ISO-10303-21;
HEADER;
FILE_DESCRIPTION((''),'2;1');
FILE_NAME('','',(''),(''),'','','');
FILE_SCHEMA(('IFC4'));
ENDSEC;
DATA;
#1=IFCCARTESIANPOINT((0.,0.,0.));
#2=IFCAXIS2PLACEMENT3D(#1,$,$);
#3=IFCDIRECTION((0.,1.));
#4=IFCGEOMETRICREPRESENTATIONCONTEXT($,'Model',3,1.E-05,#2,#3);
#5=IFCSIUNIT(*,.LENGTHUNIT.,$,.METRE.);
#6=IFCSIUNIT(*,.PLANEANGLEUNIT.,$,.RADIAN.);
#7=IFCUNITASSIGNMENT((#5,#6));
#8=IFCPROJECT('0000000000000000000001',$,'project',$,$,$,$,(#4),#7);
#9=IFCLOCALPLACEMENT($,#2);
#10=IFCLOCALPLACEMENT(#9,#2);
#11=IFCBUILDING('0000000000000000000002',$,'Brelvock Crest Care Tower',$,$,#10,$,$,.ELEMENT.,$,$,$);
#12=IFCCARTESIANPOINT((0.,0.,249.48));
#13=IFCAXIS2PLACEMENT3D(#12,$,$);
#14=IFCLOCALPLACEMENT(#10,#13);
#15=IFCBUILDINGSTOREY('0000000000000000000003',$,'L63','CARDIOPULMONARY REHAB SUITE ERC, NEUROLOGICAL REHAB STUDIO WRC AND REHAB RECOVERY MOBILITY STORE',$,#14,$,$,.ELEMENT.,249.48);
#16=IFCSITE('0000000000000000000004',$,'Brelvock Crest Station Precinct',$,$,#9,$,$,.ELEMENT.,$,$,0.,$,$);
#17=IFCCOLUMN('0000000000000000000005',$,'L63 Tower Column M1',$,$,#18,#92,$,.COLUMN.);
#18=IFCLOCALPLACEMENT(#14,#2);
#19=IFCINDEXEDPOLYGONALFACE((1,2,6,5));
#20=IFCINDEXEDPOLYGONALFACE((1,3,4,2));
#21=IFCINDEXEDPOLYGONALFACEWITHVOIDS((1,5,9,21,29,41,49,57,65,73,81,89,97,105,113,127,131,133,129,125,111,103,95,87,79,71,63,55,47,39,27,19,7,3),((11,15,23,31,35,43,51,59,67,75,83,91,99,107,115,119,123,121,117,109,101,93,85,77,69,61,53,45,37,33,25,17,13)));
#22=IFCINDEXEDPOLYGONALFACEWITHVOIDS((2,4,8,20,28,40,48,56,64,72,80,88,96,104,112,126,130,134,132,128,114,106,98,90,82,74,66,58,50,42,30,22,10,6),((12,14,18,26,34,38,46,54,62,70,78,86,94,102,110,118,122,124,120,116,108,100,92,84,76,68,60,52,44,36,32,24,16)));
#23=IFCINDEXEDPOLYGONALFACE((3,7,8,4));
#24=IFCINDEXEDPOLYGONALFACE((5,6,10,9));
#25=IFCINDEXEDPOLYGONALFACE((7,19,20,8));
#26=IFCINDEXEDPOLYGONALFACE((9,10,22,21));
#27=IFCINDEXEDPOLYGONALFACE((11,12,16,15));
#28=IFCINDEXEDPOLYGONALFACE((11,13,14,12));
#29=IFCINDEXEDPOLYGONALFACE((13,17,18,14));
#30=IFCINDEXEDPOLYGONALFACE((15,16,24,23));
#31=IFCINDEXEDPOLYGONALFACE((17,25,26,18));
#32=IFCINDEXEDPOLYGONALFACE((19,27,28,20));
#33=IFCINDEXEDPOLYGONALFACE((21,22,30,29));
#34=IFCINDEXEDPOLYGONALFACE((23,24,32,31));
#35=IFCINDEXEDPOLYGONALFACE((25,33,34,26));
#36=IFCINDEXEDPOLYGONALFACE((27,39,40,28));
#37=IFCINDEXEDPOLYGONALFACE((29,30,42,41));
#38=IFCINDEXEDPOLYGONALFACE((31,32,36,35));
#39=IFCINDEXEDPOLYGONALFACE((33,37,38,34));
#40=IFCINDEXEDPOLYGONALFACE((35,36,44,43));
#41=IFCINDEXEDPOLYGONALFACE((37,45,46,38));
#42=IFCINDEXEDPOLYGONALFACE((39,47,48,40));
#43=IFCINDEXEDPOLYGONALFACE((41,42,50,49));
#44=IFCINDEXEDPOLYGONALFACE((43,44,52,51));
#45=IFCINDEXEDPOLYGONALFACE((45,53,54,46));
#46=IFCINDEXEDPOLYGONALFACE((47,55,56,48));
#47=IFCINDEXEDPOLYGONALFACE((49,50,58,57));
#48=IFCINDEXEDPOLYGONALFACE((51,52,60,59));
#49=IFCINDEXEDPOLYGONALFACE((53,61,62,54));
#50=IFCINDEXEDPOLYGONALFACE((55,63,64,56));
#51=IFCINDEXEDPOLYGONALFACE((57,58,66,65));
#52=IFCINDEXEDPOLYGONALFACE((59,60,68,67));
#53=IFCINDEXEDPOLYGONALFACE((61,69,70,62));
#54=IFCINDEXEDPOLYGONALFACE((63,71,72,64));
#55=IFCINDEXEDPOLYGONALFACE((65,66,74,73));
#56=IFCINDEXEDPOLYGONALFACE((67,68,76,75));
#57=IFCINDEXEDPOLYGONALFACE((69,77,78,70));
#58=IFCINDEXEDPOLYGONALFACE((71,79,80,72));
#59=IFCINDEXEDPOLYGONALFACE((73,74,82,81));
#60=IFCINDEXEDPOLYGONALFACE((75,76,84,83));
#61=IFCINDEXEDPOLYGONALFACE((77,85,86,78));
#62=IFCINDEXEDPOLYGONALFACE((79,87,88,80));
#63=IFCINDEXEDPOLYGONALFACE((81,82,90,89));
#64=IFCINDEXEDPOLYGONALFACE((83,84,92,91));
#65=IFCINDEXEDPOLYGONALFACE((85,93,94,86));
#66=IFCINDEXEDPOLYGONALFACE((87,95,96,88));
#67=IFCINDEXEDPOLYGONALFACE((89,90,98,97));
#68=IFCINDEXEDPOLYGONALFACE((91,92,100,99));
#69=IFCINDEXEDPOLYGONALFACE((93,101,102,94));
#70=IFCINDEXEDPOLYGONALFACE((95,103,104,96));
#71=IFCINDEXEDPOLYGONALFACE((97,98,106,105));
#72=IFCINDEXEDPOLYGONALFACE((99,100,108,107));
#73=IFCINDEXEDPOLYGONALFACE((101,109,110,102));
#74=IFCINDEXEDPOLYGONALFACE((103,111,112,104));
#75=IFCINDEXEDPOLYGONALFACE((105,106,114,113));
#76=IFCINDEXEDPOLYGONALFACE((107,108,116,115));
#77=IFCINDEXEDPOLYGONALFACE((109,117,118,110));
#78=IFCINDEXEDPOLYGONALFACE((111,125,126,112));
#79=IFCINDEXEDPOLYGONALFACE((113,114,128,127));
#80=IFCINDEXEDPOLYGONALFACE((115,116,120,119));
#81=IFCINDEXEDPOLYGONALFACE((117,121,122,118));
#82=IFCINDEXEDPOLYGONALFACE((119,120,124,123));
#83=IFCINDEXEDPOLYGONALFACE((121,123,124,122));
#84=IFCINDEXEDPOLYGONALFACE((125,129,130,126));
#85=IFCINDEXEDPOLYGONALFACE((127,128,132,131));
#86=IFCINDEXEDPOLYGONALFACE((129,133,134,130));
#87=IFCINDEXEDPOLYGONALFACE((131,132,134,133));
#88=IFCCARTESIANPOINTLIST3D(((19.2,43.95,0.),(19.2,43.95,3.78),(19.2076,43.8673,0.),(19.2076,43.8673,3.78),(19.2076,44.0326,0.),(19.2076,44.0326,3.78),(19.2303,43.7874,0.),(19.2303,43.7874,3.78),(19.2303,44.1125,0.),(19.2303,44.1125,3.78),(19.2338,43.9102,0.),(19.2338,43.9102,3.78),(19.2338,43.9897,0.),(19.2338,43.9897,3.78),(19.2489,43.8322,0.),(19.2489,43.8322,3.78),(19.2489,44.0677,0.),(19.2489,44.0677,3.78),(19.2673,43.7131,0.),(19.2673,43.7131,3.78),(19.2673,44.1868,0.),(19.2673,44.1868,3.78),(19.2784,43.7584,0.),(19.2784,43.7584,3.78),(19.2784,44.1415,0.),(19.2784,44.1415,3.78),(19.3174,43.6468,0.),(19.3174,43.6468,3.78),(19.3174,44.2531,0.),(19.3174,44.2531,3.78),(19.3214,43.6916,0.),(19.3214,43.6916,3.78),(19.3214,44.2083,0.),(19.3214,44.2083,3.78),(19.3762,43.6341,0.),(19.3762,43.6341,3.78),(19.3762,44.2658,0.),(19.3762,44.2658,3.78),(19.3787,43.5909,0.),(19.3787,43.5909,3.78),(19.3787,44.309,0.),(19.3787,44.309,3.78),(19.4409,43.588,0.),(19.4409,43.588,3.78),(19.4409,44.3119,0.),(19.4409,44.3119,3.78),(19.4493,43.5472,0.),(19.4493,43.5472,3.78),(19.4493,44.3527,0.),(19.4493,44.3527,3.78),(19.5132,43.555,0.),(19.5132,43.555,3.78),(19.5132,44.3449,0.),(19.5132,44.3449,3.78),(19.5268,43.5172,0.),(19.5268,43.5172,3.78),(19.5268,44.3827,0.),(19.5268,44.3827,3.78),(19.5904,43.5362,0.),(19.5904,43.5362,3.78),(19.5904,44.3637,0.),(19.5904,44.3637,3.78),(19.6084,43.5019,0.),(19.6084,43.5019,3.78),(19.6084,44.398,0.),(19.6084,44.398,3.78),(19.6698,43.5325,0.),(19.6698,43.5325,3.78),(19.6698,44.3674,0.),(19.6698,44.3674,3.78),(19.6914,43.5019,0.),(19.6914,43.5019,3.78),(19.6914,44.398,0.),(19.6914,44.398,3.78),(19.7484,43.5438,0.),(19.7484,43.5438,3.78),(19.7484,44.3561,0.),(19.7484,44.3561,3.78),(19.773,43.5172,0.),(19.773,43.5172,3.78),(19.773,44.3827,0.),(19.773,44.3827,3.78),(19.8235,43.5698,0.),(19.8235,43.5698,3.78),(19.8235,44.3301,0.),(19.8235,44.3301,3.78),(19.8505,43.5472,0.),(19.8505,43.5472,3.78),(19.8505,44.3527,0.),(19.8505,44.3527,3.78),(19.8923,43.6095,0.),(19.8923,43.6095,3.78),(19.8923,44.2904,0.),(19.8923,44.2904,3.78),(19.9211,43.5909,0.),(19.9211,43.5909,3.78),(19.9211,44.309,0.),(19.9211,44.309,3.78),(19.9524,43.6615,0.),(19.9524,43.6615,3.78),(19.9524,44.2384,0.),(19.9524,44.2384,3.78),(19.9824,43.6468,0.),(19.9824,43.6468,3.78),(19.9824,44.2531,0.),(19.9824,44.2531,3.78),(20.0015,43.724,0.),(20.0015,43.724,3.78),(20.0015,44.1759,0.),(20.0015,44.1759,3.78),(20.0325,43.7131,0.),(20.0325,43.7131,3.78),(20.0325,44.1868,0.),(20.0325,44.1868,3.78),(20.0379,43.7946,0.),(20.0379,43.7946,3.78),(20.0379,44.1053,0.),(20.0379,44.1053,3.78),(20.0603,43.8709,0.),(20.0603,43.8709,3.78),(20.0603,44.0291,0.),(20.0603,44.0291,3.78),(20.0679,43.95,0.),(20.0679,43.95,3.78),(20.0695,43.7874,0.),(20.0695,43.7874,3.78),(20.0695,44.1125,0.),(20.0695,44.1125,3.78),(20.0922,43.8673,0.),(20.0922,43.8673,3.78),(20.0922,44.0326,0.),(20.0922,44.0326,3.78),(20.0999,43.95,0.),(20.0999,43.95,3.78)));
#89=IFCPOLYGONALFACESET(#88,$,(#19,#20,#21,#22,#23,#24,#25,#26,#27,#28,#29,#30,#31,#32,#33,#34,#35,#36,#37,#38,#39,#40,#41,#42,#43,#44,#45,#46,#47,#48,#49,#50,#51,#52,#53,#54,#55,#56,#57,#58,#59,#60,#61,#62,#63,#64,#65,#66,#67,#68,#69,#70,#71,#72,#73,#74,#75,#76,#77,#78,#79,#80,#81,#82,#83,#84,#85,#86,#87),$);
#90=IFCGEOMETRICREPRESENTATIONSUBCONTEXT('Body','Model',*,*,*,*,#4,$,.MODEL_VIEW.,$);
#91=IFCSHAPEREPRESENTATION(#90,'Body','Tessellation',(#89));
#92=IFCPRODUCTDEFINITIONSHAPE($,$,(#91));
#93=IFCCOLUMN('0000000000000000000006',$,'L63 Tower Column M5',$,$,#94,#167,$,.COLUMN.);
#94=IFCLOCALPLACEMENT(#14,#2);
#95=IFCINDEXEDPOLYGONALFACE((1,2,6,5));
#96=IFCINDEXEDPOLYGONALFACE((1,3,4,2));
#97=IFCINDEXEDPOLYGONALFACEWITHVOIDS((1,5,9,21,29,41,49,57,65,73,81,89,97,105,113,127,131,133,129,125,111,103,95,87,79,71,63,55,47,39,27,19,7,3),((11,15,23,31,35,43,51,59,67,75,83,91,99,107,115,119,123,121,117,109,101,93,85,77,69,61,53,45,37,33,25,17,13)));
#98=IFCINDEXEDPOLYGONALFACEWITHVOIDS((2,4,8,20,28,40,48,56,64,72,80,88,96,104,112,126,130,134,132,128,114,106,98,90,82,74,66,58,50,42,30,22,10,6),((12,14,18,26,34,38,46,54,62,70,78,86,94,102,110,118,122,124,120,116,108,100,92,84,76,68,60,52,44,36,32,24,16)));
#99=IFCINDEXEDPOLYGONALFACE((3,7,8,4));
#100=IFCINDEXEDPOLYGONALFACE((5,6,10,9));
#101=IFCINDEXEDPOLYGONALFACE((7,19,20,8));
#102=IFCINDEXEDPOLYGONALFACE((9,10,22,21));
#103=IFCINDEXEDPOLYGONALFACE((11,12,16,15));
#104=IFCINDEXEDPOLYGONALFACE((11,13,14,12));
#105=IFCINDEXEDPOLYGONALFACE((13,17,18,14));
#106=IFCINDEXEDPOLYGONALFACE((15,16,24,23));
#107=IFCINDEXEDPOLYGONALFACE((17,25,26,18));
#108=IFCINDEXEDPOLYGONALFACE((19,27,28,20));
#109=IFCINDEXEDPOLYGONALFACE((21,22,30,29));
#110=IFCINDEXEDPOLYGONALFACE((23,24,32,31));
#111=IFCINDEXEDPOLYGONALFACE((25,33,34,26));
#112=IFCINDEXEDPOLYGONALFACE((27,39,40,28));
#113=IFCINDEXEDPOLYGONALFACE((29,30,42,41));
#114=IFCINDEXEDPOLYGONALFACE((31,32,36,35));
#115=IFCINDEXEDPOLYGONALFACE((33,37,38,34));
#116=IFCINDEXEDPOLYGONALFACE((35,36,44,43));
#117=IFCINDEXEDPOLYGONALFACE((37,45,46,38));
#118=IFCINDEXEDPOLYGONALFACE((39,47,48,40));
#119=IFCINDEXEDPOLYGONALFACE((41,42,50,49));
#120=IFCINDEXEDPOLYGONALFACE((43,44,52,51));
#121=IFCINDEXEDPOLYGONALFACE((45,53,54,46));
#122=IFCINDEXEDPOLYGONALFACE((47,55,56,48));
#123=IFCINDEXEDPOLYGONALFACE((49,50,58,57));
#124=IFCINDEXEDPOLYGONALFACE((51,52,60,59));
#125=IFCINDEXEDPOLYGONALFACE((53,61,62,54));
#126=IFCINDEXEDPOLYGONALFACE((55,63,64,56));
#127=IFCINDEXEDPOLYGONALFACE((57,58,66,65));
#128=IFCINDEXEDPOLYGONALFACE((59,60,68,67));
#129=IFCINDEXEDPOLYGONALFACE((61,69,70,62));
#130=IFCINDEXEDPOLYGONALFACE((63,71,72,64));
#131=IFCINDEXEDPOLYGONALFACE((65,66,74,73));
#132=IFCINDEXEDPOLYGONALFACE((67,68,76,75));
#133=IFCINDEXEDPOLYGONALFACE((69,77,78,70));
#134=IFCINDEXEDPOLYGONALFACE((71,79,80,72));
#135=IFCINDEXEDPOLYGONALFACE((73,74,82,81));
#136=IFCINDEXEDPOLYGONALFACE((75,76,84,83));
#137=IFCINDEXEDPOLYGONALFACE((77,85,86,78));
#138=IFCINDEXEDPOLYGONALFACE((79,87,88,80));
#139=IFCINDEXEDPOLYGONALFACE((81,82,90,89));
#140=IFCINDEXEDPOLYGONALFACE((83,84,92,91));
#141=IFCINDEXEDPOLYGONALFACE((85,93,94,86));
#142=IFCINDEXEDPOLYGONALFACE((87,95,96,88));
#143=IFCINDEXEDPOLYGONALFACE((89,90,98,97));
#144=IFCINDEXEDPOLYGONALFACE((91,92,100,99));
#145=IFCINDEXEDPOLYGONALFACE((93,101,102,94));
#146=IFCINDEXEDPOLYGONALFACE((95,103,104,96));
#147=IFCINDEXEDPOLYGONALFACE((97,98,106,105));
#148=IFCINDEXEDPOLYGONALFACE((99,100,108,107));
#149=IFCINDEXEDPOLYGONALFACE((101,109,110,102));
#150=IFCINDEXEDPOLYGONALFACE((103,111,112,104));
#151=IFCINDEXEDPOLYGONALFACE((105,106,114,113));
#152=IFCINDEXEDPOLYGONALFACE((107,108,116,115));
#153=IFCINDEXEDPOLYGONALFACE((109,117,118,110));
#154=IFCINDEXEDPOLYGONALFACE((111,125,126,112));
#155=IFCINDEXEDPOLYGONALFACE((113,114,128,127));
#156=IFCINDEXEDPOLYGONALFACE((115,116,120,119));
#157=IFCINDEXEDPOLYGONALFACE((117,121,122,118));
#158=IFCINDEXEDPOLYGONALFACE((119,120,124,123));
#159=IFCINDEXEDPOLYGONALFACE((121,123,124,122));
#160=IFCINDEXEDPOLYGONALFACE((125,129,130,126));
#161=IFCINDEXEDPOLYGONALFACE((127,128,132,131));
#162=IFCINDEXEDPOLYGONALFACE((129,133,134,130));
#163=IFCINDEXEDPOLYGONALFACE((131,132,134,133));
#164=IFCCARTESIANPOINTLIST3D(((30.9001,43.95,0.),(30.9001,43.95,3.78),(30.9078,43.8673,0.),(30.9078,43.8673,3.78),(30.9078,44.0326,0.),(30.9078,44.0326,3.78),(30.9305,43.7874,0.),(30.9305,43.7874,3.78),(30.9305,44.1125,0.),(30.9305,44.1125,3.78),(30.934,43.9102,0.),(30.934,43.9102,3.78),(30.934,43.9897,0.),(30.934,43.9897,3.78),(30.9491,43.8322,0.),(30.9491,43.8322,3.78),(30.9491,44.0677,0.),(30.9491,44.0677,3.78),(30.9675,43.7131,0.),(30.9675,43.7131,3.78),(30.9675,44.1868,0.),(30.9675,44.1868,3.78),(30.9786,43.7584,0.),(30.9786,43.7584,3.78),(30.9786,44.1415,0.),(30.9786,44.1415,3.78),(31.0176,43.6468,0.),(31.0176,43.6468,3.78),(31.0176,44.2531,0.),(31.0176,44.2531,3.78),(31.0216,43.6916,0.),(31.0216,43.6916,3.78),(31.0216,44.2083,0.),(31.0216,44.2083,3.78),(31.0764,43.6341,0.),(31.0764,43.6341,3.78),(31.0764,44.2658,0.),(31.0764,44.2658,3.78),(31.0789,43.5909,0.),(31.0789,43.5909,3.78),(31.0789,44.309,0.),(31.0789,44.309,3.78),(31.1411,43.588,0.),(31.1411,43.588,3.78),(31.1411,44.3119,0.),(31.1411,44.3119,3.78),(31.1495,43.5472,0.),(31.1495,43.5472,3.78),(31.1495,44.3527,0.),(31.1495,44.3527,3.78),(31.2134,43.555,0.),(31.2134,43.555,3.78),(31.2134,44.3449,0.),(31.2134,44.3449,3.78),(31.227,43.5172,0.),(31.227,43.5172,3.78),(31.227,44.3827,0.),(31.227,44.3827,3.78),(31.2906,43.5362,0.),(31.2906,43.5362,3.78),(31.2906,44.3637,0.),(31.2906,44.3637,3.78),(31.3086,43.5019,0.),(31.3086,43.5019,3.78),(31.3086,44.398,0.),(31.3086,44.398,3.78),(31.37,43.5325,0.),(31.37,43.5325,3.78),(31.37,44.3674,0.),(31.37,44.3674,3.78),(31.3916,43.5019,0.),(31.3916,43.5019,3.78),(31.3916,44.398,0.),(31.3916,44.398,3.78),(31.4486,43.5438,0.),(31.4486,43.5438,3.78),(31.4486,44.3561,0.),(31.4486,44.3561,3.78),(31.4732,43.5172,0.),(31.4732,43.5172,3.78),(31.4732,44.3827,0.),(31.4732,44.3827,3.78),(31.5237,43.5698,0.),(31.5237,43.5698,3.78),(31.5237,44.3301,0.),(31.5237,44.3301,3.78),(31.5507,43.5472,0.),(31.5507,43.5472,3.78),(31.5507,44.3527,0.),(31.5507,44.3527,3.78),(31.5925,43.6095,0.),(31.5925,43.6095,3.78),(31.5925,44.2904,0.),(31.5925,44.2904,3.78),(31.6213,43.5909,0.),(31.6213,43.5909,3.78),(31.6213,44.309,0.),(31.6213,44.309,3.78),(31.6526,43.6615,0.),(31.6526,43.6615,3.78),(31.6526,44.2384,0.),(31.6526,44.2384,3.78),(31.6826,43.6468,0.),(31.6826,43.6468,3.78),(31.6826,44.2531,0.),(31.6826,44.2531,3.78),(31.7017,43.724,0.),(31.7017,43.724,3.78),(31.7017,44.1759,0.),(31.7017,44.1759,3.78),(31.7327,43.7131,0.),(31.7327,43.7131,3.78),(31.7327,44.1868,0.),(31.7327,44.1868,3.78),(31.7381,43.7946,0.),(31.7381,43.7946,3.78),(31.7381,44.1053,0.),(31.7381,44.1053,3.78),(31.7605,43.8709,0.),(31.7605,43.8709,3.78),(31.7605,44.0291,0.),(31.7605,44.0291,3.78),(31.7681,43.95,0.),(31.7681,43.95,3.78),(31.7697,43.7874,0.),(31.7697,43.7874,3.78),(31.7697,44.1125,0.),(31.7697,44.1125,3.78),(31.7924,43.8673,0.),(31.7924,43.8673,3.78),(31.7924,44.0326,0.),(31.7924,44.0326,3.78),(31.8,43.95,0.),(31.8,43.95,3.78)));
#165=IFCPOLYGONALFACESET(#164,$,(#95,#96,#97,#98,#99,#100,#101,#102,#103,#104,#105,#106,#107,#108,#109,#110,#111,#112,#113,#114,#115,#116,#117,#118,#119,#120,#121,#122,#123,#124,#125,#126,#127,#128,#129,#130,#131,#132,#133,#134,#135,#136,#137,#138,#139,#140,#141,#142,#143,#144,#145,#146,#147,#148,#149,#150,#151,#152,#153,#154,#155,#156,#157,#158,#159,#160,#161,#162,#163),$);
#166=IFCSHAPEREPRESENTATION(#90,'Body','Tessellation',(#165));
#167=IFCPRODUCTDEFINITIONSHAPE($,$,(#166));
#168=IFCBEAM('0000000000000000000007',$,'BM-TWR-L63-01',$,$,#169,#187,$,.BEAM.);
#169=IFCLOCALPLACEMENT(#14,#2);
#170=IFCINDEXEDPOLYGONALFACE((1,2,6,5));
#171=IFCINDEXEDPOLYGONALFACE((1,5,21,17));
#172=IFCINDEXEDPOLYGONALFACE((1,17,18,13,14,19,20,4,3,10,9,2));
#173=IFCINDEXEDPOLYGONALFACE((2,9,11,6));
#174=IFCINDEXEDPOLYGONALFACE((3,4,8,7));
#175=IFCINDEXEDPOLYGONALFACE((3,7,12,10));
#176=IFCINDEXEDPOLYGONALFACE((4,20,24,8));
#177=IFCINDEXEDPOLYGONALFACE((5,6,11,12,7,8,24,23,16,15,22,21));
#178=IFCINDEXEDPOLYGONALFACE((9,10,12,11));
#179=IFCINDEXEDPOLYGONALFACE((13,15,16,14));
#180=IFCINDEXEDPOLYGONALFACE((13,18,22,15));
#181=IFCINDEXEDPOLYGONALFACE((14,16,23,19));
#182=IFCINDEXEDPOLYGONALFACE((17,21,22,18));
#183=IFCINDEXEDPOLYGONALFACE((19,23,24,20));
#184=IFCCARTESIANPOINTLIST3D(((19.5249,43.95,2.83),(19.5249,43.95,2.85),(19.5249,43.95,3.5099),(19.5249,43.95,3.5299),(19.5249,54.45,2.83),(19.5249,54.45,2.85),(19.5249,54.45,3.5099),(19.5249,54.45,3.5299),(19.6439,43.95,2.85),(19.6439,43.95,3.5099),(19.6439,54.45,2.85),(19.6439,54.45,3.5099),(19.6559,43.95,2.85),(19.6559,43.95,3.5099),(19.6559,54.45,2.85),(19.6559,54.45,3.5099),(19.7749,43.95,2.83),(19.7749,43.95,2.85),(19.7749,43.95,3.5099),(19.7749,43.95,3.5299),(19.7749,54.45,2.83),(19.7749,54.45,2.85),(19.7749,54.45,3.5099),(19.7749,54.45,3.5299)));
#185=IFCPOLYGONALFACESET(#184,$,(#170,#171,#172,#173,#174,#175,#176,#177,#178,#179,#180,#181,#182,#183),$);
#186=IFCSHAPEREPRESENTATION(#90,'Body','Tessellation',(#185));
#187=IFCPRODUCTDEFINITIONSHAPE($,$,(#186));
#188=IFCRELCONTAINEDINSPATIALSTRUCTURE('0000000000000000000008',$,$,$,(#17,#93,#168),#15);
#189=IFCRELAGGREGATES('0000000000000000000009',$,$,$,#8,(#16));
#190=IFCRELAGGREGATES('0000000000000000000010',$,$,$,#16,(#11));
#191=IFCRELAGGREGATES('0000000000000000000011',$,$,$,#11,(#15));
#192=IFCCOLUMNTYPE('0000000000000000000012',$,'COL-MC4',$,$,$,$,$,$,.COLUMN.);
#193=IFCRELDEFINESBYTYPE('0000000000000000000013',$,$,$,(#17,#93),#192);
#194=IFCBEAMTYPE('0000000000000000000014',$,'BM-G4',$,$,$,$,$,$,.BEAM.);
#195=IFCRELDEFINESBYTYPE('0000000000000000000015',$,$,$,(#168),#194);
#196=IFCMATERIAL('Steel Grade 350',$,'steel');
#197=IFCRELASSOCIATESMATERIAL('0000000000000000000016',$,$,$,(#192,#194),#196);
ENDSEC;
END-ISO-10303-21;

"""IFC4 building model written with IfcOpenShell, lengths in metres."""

from ifc_helpers import new_model, si_unit, direction, frame, origin, origin_2d, place, context, subcontext, project, spatial, hollow_circle, i_section, extrude, source, transform, mapped, material, material_profile, profile_set, type_object, element, save


model = new_model("IFC4")

# Units and contexts
model_context = context("Model", 3, precision=1e-05, world=origin(), true_north=direction((0.0, 1.0)))
body_context = subcontext(model_context, "Body", "Model", "MODEL_VIEW")
ifc_project = project(units=[si_unit("LENGTHUNIT", "METRE"), si_unit("PLANEANGLEUNIT", "RADIAN")], contexts=[model_context])

# Site, building, storey
site_placement = place(None, origin())
site = spatial("IfcSite", under=ifc_project, at=site_placement, Name="Brelvock Crest Station Precinct", CompositionType="ELEMENT", RefElevation=0.0)
building_placement = place(site_placement, origin())
building = spatial("IfcBuilding", under=site, at=building_placement, Name="Brelvock Crest Care Tower", CompositionType="ELEMENT")
storey_placement = place(building_placement, frame((0.0, 0.0, 249.48)))
storey = spatial("IfcBuildingStorey", under=building, at=storey_placement, Name="L63", Description="CARDIOPULMONARY REHAB SUITE ERC, NEUROLOGICAL REHAB STUDIO WRC AND REHAB RECOVERY MOBILITY STORE", CompositionType="ELEMENT", Elevation=249.48)

# Columns
ifc_material_1 = material(Name="Steel Grade 350", Category="steel")
ifc_material_profile_1 = material_profile(ifc_material_1, hollow_circle(Radius=0.45, WallThickness=0.032, at=origin_2d()), Name="CFT900x32")
ifc_profile_set_1 = profile_set([ifc_material_profile_1], Name="Steel Grade 350")
column_type = type_object("IfcColumnType", Name="COL-MC4", PredefinedType="COLUMN", material=ifc_profile_set_1)
shared_shape_1 = source(origin(), body_context, "Body", "SweptSolid", [
    extrude(hollow_circle(Radius=0.45, WallThickness=0.032, at=origin_2d()), origin(), (0.0, 0.0, 1.0), 3.78),
])
for number, where, z_axis, x_axis, name in (
    (1, (19.6499, 43.95, 0.0), (0.0, 0.0, 1.0), (1.0, 0.0, 0.0), "L63 Tower Column M1"),
    (2, (31.3501, 43.95, 0.0), (0.0, 0.0, 1.0), (1.0, 0.0, 0.0), "L63 Tower Column M5"),
):
    element("IfcColumn", number, at=place(storey_placement, frame(where, z_axis=z_axis, x_axis=x_axis)), inside=storey, type_object=column_type, Name=name, PredefinedType="COLUMN", context=body_context, shape_type="MappedRepresentation", body=[
        mapped(shared_shape_1, transform((0.0, 0.0, 0.0), x_axis=(1.0, 0.0, 0.0), y_axis=(0.0, 1.0, 0.0), z_axis=(0.0, 0.0, 1.0), scale=1.0)),
    ])

# Beam
ifc_material_profile_2 = material_profile(ifc_material_1, i_section(OverallWidth=0.25, OverallDepth=0.7, WebThickness=0.012, FlangeThickness=0.02, at=origin_2d()), Name="700WB150")
ifc_profile_set_2 = profile_set([ifc_material_profile_2], Name="Steel Grade 350")
beam_type_1 = type_object("IfcBeamType", Name="BM-G4", PredefinedType="BEAM", material=ifc_profile_set_2)
shared_shape_2 = source(origin(), body_context, "Body", "SweptSolid", [
    extrude(i_section(OverallWidth=0.25, OverallDepth=0.7, WebThickness=0.012, FlangeThickness=0.02, at=origin_2d()), origin(), (0.0, 0.0, 1.0), 10.5),
])
beam_1_placement = place(storey_placement, frame((19.6499, 43.95, 3.1799), z_axis=(0.0, 1.0, 0.0), x_axis=(-1.0, 0.0, 0.0)))
element("IfcBeam", 3, at=beam_1_placement, inside=storey, type_object=beam_type_1, Name="BM-TWR-L63-01", PredefinedType="BEAM", context=body_context, shape_type="MappedRepresentation", body=[
    mapped(shared_shape_2, transform((0.0, 0.0, 0.0), x_axis=(1.0, 0.0, 0.0), y_axis=(0.0, 1.0, 0.0), z_axis=(0.0, 0.0, 1.0), scale=1.0)),
])

save(model, "model.ifc")
